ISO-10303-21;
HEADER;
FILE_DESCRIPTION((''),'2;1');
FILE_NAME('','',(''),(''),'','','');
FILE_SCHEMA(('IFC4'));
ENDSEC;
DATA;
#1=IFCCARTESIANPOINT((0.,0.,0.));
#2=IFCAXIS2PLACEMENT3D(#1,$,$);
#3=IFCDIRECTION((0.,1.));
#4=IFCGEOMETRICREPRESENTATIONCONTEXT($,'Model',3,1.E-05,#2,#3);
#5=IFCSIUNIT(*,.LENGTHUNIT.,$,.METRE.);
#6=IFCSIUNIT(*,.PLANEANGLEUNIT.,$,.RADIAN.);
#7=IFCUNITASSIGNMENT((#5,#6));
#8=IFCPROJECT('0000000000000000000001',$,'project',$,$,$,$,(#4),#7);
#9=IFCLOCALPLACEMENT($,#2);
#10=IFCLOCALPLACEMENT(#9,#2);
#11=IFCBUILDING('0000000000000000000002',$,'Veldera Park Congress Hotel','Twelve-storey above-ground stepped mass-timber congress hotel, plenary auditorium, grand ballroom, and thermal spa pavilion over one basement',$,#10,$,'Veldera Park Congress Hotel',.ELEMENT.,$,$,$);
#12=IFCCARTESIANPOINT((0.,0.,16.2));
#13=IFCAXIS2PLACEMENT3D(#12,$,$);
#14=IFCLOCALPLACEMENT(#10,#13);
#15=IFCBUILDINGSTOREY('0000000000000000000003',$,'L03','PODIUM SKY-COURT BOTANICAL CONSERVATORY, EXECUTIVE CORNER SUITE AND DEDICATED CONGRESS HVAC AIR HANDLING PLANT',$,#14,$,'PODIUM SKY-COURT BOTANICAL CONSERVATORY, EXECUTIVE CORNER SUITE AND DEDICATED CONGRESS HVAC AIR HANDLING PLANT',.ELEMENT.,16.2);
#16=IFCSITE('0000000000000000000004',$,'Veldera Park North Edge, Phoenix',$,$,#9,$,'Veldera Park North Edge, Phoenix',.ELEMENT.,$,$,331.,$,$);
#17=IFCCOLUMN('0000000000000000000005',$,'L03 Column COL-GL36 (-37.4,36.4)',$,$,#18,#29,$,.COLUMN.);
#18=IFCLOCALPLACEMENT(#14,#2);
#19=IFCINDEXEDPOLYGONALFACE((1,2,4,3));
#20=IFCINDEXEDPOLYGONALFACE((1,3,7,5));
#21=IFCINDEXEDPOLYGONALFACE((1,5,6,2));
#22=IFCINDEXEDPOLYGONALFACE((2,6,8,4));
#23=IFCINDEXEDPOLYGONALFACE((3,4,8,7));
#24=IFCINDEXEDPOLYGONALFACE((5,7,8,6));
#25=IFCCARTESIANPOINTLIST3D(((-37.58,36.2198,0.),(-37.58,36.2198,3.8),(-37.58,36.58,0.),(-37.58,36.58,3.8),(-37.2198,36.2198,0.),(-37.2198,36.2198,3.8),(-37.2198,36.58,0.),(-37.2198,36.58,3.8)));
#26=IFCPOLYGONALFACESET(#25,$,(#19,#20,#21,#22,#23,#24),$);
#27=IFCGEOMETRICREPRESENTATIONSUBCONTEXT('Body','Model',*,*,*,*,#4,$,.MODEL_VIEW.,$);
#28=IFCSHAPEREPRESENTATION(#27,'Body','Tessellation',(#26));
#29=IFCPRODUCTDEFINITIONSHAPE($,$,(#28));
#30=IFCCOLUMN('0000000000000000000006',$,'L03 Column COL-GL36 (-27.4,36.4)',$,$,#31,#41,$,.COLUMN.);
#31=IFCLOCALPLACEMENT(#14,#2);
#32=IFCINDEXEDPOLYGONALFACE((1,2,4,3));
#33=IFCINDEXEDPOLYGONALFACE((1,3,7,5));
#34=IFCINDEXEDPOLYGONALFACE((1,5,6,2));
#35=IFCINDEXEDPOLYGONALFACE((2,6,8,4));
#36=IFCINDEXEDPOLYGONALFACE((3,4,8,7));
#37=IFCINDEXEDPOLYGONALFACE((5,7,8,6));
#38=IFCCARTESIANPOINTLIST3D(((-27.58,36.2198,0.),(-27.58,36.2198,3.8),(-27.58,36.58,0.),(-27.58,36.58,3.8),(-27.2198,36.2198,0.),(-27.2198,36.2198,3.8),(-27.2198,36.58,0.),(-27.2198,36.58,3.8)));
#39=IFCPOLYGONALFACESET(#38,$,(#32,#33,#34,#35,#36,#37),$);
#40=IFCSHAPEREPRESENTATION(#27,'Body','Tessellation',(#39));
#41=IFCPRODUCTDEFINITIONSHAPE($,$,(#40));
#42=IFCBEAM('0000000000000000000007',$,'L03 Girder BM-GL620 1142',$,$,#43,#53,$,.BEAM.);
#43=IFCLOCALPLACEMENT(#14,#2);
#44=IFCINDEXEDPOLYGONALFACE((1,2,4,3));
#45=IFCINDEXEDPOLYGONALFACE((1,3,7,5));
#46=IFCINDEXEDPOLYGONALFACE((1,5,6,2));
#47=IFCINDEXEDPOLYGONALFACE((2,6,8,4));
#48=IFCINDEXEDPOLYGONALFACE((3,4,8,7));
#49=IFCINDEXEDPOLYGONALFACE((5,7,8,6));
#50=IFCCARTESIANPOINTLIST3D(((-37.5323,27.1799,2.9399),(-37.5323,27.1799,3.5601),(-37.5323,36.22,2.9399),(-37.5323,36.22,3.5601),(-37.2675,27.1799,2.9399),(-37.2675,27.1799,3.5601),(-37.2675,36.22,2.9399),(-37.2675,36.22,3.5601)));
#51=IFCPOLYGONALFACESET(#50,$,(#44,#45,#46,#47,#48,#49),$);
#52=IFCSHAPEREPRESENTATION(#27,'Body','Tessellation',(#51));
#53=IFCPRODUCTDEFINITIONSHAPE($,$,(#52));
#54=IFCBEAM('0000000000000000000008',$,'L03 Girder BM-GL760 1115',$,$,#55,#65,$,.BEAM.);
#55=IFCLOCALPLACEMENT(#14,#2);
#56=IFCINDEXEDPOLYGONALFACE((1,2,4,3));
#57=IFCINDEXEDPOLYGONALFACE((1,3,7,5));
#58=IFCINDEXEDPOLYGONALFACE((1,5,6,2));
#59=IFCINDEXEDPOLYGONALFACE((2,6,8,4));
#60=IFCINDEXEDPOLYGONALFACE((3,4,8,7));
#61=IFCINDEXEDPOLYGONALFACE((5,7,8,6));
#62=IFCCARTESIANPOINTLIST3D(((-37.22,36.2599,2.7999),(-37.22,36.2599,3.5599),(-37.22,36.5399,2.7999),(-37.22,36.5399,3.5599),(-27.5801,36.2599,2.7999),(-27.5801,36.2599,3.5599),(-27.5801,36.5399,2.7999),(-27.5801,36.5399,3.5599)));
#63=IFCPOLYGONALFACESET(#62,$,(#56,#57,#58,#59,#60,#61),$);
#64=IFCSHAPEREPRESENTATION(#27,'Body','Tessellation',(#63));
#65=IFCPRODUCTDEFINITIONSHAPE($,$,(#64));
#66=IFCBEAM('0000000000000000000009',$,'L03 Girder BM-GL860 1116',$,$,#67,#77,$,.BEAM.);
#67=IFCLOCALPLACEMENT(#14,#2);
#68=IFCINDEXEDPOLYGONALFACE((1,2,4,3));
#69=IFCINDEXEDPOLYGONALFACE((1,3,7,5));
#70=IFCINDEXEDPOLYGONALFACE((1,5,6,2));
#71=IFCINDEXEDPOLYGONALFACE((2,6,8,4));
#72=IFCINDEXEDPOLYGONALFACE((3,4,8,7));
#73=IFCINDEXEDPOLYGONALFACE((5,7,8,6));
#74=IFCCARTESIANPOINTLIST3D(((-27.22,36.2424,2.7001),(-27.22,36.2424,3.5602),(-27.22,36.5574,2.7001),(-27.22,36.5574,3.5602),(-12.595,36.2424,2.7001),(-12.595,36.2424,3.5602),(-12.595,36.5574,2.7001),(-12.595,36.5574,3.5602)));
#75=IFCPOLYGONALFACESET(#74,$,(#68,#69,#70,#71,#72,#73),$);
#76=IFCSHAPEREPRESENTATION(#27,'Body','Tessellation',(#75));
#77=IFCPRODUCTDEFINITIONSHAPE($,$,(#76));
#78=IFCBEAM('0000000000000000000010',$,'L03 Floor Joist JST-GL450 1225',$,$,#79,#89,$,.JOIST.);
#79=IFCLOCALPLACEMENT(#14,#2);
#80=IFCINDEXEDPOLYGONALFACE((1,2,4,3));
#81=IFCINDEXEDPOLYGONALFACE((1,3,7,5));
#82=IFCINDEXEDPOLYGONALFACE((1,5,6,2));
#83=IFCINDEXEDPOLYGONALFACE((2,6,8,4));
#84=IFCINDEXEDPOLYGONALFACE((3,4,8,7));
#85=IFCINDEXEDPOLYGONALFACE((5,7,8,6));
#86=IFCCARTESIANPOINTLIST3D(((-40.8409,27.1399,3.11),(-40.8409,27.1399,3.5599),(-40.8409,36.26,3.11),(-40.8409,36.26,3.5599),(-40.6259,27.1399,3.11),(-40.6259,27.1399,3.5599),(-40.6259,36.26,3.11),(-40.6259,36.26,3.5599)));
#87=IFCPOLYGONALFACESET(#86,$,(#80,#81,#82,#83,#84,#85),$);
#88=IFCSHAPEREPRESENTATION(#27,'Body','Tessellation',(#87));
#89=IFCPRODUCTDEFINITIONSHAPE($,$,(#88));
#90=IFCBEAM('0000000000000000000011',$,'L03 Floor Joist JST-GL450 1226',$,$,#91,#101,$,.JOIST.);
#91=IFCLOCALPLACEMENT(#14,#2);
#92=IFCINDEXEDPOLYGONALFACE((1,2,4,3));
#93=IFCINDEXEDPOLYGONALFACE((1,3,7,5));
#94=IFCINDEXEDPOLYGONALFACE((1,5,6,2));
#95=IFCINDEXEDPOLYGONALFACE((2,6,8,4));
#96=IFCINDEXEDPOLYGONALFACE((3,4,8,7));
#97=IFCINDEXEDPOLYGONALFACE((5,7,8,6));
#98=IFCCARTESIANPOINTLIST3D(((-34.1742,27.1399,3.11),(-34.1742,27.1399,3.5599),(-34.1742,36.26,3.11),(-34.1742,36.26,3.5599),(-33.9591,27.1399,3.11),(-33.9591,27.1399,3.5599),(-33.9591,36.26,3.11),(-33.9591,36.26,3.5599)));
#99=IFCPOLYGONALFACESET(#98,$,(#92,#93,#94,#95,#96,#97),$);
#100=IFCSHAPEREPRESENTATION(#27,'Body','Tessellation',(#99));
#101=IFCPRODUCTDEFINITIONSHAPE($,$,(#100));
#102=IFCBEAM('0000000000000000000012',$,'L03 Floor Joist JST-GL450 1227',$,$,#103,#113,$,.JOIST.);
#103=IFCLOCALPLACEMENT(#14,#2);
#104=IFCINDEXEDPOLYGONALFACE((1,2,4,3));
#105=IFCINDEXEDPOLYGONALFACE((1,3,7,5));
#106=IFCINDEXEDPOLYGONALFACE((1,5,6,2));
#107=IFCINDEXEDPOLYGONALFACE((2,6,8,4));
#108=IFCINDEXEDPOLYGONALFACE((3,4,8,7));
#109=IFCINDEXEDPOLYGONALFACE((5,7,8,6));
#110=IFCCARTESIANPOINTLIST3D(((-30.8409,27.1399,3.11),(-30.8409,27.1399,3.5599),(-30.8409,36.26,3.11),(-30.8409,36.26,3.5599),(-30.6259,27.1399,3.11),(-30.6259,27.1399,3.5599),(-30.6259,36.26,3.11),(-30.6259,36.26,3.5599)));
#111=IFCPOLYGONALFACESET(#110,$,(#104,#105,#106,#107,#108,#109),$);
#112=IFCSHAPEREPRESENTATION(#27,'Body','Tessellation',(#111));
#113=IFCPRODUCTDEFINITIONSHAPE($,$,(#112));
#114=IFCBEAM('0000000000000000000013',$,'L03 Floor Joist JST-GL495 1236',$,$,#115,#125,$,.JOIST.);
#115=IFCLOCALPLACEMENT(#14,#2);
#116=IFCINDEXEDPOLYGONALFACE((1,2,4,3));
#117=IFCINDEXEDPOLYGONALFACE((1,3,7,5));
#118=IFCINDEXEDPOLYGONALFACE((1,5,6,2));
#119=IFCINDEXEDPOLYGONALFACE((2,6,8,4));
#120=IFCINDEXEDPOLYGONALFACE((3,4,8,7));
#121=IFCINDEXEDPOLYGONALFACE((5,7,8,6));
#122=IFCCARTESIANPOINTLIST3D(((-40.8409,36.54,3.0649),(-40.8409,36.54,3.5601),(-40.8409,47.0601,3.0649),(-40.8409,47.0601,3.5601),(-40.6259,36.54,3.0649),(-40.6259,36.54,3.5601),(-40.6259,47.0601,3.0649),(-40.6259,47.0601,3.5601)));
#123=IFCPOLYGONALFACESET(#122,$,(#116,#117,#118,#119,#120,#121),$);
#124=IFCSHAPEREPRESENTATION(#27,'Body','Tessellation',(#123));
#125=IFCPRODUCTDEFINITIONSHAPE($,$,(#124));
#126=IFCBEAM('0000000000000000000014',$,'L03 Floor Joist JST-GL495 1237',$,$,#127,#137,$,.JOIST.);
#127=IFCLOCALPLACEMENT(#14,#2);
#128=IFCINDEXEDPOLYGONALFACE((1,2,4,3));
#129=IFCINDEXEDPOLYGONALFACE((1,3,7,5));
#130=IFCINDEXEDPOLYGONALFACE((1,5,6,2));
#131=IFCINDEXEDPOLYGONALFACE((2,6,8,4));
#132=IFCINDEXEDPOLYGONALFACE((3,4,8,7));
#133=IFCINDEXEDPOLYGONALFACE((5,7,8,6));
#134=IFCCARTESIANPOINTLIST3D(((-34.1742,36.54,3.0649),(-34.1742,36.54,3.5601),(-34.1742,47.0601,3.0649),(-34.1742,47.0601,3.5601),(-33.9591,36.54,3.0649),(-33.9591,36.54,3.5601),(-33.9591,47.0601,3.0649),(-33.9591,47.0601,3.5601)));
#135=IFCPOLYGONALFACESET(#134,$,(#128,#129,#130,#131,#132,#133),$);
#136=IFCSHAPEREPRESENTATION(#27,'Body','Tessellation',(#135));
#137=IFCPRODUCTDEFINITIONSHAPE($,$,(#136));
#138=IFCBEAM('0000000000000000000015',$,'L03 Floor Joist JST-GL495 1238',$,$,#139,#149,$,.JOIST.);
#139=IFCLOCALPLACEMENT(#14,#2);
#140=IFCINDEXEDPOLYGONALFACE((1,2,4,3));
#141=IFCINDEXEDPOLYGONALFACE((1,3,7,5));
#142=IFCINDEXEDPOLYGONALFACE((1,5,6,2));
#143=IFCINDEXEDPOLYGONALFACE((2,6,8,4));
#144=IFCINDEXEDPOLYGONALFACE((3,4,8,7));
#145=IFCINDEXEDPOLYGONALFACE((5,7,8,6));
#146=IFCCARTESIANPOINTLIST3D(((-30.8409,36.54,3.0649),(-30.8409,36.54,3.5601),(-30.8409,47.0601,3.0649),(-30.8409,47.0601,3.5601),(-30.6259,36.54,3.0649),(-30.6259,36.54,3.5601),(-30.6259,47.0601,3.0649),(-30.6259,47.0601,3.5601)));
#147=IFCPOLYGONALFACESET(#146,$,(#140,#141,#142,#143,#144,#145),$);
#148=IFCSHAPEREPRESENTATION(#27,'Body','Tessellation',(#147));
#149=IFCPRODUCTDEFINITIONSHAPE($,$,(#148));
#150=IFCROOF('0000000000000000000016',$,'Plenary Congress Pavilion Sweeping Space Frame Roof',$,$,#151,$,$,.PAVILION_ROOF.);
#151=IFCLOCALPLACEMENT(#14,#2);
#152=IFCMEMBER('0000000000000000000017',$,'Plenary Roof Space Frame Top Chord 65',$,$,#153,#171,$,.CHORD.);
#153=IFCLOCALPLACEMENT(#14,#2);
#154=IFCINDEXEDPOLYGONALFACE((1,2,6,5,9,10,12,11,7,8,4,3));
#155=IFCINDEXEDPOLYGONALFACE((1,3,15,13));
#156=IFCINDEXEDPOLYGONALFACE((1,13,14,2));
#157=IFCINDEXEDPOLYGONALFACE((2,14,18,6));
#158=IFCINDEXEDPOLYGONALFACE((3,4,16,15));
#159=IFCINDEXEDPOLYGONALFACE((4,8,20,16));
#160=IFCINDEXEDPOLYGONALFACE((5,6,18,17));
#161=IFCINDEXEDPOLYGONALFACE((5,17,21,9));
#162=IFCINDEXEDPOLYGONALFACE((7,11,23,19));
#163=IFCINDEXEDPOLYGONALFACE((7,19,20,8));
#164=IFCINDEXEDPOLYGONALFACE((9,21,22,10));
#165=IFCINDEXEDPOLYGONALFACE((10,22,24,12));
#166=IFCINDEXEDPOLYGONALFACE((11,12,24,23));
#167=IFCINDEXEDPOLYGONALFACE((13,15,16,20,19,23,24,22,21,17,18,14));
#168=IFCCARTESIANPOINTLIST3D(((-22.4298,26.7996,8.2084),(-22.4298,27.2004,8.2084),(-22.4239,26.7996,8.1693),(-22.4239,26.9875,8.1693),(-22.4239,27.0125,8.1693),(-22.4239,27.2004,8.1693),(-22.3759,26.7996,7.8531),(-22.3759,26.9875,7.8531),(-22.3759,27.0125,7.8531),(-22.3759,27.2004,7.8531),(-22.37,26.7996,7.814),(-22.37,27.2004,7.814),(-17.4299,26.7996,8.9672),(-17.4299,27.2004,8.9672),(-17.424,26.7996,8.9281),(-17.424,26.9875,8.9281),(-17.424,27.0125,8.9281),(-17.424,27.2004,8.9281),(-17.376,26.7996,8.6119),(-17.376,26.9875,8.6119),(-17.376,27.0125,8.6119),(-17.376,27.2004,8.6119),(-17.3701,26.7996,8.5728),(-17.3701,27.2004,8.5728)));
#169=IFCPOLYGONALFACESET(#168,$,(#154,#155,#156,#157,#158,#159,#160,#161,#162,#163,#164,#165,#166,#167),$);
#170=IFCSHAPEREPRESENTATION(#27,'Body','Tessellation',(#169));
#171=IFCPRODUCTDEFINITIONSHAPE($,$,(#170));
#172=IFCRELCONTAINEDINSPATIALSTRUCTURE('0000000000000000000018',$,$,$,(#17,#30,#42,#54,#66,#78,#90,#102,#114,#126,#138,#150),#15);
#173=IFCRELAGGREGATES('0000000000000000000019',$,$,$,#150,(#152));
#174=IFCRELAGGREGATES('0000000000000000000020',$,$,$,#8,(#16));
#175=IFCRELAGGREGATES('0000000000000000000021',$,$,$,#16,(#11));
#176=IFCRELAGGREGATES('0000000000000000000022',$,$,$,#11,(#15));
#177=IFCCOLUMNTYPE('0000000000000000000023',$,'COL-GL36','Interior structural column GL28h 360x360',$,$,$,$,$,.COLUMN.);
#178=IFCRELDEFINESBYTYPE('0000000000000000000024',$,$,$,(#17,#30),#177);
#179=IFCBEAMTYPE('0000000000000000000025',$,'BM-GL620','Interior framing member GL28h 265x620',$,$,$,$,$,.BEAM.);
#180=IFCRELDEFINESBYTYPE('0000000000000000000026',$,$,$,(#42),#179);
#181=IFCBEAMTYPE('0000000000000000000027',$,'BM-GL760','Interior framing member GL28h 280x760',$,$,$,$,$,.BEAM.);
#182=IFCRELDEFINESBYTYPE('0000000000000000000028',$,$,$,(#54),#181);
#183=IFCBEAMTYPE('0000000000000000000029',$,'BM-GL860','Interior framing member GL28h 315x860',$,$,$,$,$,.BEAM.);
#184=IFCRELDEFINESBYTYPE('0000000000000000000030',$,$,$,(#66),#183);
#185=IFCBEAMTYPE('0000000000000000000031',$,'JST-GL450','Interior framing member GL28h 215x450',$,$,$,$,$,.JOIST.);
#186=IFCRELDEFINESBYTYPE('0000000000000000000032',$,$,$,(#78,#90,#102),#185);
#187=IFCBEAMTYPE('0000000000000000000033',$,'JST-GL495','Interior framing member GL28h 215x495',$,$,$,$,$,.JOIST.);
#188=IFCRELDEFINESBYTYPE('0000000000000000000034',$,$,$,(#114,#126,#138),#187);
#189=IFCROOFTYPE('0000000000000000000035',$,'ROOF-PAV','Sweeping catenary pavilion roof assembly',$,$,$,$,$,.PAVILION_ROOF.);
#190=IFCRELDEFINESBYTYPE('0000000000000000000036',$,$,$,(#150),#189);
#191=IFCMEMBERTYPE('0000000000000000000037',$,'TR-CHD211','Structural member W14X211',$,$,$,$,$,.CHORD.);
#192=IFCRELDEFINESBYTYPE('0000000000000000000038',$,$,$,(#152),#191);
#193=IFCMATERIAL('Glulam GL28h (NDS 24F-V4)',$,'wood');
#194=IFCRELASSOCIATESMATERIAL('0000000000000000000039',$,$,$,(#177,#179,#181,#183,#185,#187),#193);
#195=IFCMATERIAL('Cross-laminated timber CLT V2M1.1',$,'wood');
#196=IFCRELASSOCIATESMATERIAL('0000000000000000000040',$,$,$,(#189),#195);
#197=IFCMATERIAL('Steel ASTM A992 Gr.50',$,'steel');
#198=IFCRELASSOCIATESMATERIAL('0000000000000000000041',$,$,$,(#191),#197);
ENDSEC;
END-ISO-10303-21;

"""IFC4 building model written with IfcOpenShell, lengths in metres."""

from ifc_helpers import new_model, si_unit, direction, frame, origin, origin_2d, place, context, subcontext, project, spatial, rectangle, i_section, extrude, material, material_profile, profile_set, type_object, element, aggregate, save


model = new_model("IFC4")

# Units and contexts
model_context = context("Model", 3, precision=1e-05, world=origin(), true_north=direction((0.0, 1.0)))
body_context = subcontext(model_context, "Body", "Model", "MODEL_VIEW")
ifc_project = project(units=[si_unit("LENGTHUNIT", "METRE"), si_unit("PLANEANGLEUNIT", "RADIAN")], contexts=[model_context])

# Site, building, storey
site_placement = place(None, origin())
site = spatial("IfcSite", under=ifc_project, at=site_placement, Name="Veldera Park North Edge, Phoenix", LongName="Veldera Park North Edge, Phoenix", CompositionType="ELEMENT", RefElevation=331.0)
building_placement = place(site_placement, origin())
building = spatial("IfcBuilding", under=site, at=building_placement, Name="Veldera Park Congress Hotel", Description="Twelve-storey above-ground stepped mass-timber congress hotel, plenary auditorium, grand ballroom, and thermal spa pavilion over one basement", LongName="Veldera Park Congress Hotel", CompositionType="ELEMENT")
storey_placement = place(building_placement, frame((0.0, 0.0, 16.2)))
storey = spatial("IfcBuildingStorey", under=building, at=storey_placement, Name="L03", Description="PODIUM SKY-COURT BOTANICAL CONSERVATORY, EXECUTIVE CORNER SUITE AND DEDICATED CONGRESS HVAC AIR HANDLING PLANT", LongName="PODIUM SKY-COURT BOTANICAL CONSERVATORY, EXECUTIVE CORNER SUITE AND DEDICATED CONGRESS HVAC AIR HANDLING PLANT", CompositionType="ELEMENT", Elevation=16.2)

# Columns
ifc_material_1 = material(Name="Glulam GL28h (NDS 24F-V4)", Category="wood")
ifc_material_profile_1 = material_profile(ifc_material_1, rectangle(XDim=0.3601, YDim=0.3601, at=origin_2d()), Name="GL28h 360x360")
ifc_profile_set_1 = profile_set([ifc_material_profile_1], Name="Glulam GL28h (NDS 24F-V4)")
column_type = type_object("IfcColumnType", Name="COL-GL36", Description="Interior structural column GL28h 360x360", PredefinedType="COLUMN", material=ifc_profile_set_1)
for number, where, z_axis, x_axis, name in (
    (1, (-37.3999, 36.3999, 0.0), (0.0, 0.0, 1.0), (1.0, 0.0, 0.0), "L03 Column COL-GL36 (-37.4,36.4)"),
    (2, (-27.3999, 36.3999, 0.0), (0.0, 0.0, 1.0), (1.0, 0.0, 0.0), "L03 Column COL-GL36 (-27.4,36.4)"),
):
    element("IfcColumn", number, at=place(storey_placement, frame(where, z_axis=z_axis, x_axis=x_axis)), inside=storey, type_object=column_type, Name=name, PredefinedType="COLUMN", context=body_context, shape_type="SweptSolid", body=[
        extrude(rectangle(XDim=0.3601, YDim=0.3601, at=origin_2d()), origin(), (0.0, 0.0, 1.0), 3.8),
    ])

# Beams
ifc_material_profile_2 = material_profile(ifc_material_1, rectangle(XDim=0.2649, YDim=0.6201, at=origin_2d()), Name="GL28h 265x620")
ifc_profile_set_2 = profile_set([ifc_material_profile_2], Name="Glulam GL28h (NDS 24F-V4)")
beam_type_1 = type_object("IfcBeamType", Name="BM-GL620", Description="Interior framing member GL28h 265x620", PredefinedType="BEAM", material=ifc_profile_set_2)
beam_1_placement = place(storey_placement, frame((-37.3999, 27.1799, 3.25), z_axis=(0.0, 1.0, 0.0), x_axis=(-1.0, 0.0, 0.0)))
element("IfcBeam", 3, at=beam_1_placement, inside=storey, type_object=beam_type_1, Name="L03 Girder BM-GL620 1142", PredefinedType="BEAM", context=body_context, shape_type="SweptSolid", body=[
    extrude(rectangle(XDim=0.2649, YDim=0.6201, at=origin_2d()), origin(), (0.0, 0.0, 1.0), 9.04),
])
ifc_material_profile_3 = material_profile(ifc_material_1, rectangle(XDim=0.28, YDim=0.76, at=origin_2d()), Name="GL28h 280x760")
ifc_profile_set_3 = profile_set([ifc_material_profile_3], Name="Glulam GL28h (NDS 24F-V4)")
beam_type_2 = type_object("IfcBeamType", Name="BM-GL760", Description="Interior framing member GL28h 280x760", PredefinedType="BEAM", material=ifc_profile_set_3)
beam_2_placement = place(storey_placement, frame((-37.22, 36.3999, 3.1799), z_axis=(1.0, 0.0, 0.0), x_axis=(0.0, 1.0, 0.0)))
element("IfcBeam", 4, at=beam_2_placement, inside=storey, type_object=beam_type_2, Name="L03 Girder BM-GL760 1115", PredefinedType="BEAM", context=body_context, shape_type="SweptSolid", body=[
    extrude(rectangle(XDim=0.28, YDim=0.76, at=origin_2d()), origin(), (0.0, 0.0, 1.0), 9.6399),
])
ifc_material_profile_4 = material_profile(ifc_material_1, rectangle(XDim=0.3149, YDim=0.8601, at=origin_2d()), Name="GL28h 315x860")
ifc_profile_set_4 = profile_set([ifc_material_profile_4], Name="Glulam GL28h (NDS 24F-V4)")
beam_type_3 = type_object("IfcBeamType", Name="BM-GL860", Description="Interior framing member GL28h 315x860", PredefinedType="BEAM", material=ifc_profile_set_4)
beam_3_placement = place(storey_placement, frame((-27.22, 36.3999, 3.1301), z_axis=(1.0, 0.0, 0.0), x_axis=(0.0, 1.0, 0.0)))
element("IfcBeam", 5, at=beam_3_placement, inside=storey, type_object=beam_type_3, Name="L03 Girder BM-GL860 1116", PredefinedType="BEAM", context=body_context, shape_type="SweptSolid", body=[
    extrude(rectangle(XDim=0.3149, YDim=0.8601, at=origin_2d()), origin(), (0.0, 0.0, 1.0), 14.625),
])
ifc_material_profile_5 = material_profile(ifc_material_1, rectangle(XDim=0.2151, YDim=0.45, at=origin_2d()), Name="GL28h 215x450")
ifc_profile_set_5 = profile_set([ifc_material_profile_5], Name="Glulam GL28h (NDS 24F-V4)")
beam_type_4 = type_object("IfcBeamType", Name="JST-GL450", Description="Interior framing member GL28h 215x450", PredefinedType="JOIST", material=ifc_profile_set_5)
for number, where, z_axis, x_axis, name in (
    (6, (-40.7334, 27.1399, 3.335), (0.0, 1.0, 0.0), (-1.0, 0.0, 0.0), "L03 Floor Joist JST-GL450 1225"),
    (7, (-34.0667, 27.1399, 3.335), (0.0, 1.0, 0.0), (-1.0, 0.0, 0.0), "L03 Floor Joist JST-GL450 1226"),
    (8, (-30.7334, 27.1399, 3.335), (0.0, 1.0, 0.0), (-1.0, 0.0, 0.0), "L03 Floor Joist JST-GL450 1227"),
):
    element("IfcBeam", number, at=place(storey_placement, frame(where, z_axis=z_axis, x_axis=x_axis)), inside=storey, type_object=beam_type_4, Name=name, PredefinedType="JOIST", context=body_context, shape_type="SweptSolid", body=[
        extrude(rectangle(XDim=0.2151, YDim=0.45, at=origin_2d()), origin(), (0.0, 0.0, 1.0), 9.1201),
    ])
ifc_material_profile_6 = material_profile(ifc_material_1, rectangle(XDim=0.2151, YDim=0.4951, at=origin_2d()), Name="GL28h 215x495")
ifc_profile_set_6 = profile_set([ifc_material_profile_6], Name="Glulam GL28h (NDS 24F-V4)")
beam_type_5 = type_object("IfcBeamType", Name="JST-GL495", Description="Interior framing member GL28h 215x495", PredefinedType="JOIST", material=ifc_profile_set_6)
for number, where, z_axis, x_axis, name in (
    (9, (-40.7334, 36.54, 3.3125), (0.0, 1.0, 0.0), (-1.0, 0.0, 0.0), "L03 Floor Joist JST-GL495 1236"),
    (10, (-34.0667, 36.54, 3.3125), (0.0, 1.0, 0.0), (-1.0, 0.0, 0.0), "L03 Floor Joist JST-GL495 1237"),
    (11, (-30.7334, 36.54, 3.3125), (0.0, 1.0, 0.0), (-1.0, 0.0, 0.0), "L03 Floor Joist JST-GL495 1238"),
):
    element("IfcBeam", number, at=place(storey_placement, frame(where, z_axis=z_axis, x_axis=x_axis)), inside=storey, type_object=beam_type_5, Name=name, PredefinedType="JOIST", context=body_context, shape_type="SweptSolid", body=[
        extrude(rectangle(XDim=0.2151, YDim=0.4951, at=origin_2d()), origin(), (0.0, 0.0, 1.0), 10.52),
    ])

# Roof, member
ifc_material_2 = material(Name="Cross-laminated timber CLT V2M1.1", Category="wood")
roof_type = type_object("IfcRoofType", Name="ROOF-PAV", Description="Sweeping catenary pavilion roof assembly", PredefinedType="PAVILION_ROOF", material=ifc_material_2)
roof_placement = place(storey_placement, origin())
roof = element("IfcRoof", 12, at=roof_placement, inside=storey, type_object=roof_type, Name="Plenary Congress Pavilion Sweeping Space Frame Roof", PredefinedType="PAVILION_ROOF")
ifc_material_3 = material(Name="Steel ASTM A992 Gr.50", Category="steel")
ifc_material_profile_7 = material_profile(ifc_material_3, i_section(OverallWidth=0.4009, OverallDepth=0.3989, WebThickness=0.0249, FlangeThickness=0.0396, at=origin_2d()), Name="W14X211")
ifc_profile_set_7 = profile_set([ifc_material_profile_7], Name="Steel ASTM A992 Gr.50")
member_type = type_object("IfcMemberType", Name="TR-CHD211", Description="Structural member W14X211", PredefinedType="CHORD", material=ifc_profile_set_7)
member_placement = place(storey_placement, frame((-22.3999, 27.0, 8.0112), z_axis=(0.98868, 0.0, 0.15004), x_axis=(0.0, 1.0, 0.0)))
member = element("IfcMember", 13, at=member_placement, type_object=member_type, Name="Plenary Roof Space Frame Top Chord 65", PredefinedType="CHORD", context=body_context, shape_type="SweptSolid", body=[
    extrude(i_section(OverallWidth=0.4009, OverallDepth=0.3989, WebThickness=0.0249, FlangeThickness=0.0396, at=origin_2d()), origin(), (0.0, 0.0, 1.0), 5.0571),
])
aggregate(roof, [member])

save(model, "model.ifc")
